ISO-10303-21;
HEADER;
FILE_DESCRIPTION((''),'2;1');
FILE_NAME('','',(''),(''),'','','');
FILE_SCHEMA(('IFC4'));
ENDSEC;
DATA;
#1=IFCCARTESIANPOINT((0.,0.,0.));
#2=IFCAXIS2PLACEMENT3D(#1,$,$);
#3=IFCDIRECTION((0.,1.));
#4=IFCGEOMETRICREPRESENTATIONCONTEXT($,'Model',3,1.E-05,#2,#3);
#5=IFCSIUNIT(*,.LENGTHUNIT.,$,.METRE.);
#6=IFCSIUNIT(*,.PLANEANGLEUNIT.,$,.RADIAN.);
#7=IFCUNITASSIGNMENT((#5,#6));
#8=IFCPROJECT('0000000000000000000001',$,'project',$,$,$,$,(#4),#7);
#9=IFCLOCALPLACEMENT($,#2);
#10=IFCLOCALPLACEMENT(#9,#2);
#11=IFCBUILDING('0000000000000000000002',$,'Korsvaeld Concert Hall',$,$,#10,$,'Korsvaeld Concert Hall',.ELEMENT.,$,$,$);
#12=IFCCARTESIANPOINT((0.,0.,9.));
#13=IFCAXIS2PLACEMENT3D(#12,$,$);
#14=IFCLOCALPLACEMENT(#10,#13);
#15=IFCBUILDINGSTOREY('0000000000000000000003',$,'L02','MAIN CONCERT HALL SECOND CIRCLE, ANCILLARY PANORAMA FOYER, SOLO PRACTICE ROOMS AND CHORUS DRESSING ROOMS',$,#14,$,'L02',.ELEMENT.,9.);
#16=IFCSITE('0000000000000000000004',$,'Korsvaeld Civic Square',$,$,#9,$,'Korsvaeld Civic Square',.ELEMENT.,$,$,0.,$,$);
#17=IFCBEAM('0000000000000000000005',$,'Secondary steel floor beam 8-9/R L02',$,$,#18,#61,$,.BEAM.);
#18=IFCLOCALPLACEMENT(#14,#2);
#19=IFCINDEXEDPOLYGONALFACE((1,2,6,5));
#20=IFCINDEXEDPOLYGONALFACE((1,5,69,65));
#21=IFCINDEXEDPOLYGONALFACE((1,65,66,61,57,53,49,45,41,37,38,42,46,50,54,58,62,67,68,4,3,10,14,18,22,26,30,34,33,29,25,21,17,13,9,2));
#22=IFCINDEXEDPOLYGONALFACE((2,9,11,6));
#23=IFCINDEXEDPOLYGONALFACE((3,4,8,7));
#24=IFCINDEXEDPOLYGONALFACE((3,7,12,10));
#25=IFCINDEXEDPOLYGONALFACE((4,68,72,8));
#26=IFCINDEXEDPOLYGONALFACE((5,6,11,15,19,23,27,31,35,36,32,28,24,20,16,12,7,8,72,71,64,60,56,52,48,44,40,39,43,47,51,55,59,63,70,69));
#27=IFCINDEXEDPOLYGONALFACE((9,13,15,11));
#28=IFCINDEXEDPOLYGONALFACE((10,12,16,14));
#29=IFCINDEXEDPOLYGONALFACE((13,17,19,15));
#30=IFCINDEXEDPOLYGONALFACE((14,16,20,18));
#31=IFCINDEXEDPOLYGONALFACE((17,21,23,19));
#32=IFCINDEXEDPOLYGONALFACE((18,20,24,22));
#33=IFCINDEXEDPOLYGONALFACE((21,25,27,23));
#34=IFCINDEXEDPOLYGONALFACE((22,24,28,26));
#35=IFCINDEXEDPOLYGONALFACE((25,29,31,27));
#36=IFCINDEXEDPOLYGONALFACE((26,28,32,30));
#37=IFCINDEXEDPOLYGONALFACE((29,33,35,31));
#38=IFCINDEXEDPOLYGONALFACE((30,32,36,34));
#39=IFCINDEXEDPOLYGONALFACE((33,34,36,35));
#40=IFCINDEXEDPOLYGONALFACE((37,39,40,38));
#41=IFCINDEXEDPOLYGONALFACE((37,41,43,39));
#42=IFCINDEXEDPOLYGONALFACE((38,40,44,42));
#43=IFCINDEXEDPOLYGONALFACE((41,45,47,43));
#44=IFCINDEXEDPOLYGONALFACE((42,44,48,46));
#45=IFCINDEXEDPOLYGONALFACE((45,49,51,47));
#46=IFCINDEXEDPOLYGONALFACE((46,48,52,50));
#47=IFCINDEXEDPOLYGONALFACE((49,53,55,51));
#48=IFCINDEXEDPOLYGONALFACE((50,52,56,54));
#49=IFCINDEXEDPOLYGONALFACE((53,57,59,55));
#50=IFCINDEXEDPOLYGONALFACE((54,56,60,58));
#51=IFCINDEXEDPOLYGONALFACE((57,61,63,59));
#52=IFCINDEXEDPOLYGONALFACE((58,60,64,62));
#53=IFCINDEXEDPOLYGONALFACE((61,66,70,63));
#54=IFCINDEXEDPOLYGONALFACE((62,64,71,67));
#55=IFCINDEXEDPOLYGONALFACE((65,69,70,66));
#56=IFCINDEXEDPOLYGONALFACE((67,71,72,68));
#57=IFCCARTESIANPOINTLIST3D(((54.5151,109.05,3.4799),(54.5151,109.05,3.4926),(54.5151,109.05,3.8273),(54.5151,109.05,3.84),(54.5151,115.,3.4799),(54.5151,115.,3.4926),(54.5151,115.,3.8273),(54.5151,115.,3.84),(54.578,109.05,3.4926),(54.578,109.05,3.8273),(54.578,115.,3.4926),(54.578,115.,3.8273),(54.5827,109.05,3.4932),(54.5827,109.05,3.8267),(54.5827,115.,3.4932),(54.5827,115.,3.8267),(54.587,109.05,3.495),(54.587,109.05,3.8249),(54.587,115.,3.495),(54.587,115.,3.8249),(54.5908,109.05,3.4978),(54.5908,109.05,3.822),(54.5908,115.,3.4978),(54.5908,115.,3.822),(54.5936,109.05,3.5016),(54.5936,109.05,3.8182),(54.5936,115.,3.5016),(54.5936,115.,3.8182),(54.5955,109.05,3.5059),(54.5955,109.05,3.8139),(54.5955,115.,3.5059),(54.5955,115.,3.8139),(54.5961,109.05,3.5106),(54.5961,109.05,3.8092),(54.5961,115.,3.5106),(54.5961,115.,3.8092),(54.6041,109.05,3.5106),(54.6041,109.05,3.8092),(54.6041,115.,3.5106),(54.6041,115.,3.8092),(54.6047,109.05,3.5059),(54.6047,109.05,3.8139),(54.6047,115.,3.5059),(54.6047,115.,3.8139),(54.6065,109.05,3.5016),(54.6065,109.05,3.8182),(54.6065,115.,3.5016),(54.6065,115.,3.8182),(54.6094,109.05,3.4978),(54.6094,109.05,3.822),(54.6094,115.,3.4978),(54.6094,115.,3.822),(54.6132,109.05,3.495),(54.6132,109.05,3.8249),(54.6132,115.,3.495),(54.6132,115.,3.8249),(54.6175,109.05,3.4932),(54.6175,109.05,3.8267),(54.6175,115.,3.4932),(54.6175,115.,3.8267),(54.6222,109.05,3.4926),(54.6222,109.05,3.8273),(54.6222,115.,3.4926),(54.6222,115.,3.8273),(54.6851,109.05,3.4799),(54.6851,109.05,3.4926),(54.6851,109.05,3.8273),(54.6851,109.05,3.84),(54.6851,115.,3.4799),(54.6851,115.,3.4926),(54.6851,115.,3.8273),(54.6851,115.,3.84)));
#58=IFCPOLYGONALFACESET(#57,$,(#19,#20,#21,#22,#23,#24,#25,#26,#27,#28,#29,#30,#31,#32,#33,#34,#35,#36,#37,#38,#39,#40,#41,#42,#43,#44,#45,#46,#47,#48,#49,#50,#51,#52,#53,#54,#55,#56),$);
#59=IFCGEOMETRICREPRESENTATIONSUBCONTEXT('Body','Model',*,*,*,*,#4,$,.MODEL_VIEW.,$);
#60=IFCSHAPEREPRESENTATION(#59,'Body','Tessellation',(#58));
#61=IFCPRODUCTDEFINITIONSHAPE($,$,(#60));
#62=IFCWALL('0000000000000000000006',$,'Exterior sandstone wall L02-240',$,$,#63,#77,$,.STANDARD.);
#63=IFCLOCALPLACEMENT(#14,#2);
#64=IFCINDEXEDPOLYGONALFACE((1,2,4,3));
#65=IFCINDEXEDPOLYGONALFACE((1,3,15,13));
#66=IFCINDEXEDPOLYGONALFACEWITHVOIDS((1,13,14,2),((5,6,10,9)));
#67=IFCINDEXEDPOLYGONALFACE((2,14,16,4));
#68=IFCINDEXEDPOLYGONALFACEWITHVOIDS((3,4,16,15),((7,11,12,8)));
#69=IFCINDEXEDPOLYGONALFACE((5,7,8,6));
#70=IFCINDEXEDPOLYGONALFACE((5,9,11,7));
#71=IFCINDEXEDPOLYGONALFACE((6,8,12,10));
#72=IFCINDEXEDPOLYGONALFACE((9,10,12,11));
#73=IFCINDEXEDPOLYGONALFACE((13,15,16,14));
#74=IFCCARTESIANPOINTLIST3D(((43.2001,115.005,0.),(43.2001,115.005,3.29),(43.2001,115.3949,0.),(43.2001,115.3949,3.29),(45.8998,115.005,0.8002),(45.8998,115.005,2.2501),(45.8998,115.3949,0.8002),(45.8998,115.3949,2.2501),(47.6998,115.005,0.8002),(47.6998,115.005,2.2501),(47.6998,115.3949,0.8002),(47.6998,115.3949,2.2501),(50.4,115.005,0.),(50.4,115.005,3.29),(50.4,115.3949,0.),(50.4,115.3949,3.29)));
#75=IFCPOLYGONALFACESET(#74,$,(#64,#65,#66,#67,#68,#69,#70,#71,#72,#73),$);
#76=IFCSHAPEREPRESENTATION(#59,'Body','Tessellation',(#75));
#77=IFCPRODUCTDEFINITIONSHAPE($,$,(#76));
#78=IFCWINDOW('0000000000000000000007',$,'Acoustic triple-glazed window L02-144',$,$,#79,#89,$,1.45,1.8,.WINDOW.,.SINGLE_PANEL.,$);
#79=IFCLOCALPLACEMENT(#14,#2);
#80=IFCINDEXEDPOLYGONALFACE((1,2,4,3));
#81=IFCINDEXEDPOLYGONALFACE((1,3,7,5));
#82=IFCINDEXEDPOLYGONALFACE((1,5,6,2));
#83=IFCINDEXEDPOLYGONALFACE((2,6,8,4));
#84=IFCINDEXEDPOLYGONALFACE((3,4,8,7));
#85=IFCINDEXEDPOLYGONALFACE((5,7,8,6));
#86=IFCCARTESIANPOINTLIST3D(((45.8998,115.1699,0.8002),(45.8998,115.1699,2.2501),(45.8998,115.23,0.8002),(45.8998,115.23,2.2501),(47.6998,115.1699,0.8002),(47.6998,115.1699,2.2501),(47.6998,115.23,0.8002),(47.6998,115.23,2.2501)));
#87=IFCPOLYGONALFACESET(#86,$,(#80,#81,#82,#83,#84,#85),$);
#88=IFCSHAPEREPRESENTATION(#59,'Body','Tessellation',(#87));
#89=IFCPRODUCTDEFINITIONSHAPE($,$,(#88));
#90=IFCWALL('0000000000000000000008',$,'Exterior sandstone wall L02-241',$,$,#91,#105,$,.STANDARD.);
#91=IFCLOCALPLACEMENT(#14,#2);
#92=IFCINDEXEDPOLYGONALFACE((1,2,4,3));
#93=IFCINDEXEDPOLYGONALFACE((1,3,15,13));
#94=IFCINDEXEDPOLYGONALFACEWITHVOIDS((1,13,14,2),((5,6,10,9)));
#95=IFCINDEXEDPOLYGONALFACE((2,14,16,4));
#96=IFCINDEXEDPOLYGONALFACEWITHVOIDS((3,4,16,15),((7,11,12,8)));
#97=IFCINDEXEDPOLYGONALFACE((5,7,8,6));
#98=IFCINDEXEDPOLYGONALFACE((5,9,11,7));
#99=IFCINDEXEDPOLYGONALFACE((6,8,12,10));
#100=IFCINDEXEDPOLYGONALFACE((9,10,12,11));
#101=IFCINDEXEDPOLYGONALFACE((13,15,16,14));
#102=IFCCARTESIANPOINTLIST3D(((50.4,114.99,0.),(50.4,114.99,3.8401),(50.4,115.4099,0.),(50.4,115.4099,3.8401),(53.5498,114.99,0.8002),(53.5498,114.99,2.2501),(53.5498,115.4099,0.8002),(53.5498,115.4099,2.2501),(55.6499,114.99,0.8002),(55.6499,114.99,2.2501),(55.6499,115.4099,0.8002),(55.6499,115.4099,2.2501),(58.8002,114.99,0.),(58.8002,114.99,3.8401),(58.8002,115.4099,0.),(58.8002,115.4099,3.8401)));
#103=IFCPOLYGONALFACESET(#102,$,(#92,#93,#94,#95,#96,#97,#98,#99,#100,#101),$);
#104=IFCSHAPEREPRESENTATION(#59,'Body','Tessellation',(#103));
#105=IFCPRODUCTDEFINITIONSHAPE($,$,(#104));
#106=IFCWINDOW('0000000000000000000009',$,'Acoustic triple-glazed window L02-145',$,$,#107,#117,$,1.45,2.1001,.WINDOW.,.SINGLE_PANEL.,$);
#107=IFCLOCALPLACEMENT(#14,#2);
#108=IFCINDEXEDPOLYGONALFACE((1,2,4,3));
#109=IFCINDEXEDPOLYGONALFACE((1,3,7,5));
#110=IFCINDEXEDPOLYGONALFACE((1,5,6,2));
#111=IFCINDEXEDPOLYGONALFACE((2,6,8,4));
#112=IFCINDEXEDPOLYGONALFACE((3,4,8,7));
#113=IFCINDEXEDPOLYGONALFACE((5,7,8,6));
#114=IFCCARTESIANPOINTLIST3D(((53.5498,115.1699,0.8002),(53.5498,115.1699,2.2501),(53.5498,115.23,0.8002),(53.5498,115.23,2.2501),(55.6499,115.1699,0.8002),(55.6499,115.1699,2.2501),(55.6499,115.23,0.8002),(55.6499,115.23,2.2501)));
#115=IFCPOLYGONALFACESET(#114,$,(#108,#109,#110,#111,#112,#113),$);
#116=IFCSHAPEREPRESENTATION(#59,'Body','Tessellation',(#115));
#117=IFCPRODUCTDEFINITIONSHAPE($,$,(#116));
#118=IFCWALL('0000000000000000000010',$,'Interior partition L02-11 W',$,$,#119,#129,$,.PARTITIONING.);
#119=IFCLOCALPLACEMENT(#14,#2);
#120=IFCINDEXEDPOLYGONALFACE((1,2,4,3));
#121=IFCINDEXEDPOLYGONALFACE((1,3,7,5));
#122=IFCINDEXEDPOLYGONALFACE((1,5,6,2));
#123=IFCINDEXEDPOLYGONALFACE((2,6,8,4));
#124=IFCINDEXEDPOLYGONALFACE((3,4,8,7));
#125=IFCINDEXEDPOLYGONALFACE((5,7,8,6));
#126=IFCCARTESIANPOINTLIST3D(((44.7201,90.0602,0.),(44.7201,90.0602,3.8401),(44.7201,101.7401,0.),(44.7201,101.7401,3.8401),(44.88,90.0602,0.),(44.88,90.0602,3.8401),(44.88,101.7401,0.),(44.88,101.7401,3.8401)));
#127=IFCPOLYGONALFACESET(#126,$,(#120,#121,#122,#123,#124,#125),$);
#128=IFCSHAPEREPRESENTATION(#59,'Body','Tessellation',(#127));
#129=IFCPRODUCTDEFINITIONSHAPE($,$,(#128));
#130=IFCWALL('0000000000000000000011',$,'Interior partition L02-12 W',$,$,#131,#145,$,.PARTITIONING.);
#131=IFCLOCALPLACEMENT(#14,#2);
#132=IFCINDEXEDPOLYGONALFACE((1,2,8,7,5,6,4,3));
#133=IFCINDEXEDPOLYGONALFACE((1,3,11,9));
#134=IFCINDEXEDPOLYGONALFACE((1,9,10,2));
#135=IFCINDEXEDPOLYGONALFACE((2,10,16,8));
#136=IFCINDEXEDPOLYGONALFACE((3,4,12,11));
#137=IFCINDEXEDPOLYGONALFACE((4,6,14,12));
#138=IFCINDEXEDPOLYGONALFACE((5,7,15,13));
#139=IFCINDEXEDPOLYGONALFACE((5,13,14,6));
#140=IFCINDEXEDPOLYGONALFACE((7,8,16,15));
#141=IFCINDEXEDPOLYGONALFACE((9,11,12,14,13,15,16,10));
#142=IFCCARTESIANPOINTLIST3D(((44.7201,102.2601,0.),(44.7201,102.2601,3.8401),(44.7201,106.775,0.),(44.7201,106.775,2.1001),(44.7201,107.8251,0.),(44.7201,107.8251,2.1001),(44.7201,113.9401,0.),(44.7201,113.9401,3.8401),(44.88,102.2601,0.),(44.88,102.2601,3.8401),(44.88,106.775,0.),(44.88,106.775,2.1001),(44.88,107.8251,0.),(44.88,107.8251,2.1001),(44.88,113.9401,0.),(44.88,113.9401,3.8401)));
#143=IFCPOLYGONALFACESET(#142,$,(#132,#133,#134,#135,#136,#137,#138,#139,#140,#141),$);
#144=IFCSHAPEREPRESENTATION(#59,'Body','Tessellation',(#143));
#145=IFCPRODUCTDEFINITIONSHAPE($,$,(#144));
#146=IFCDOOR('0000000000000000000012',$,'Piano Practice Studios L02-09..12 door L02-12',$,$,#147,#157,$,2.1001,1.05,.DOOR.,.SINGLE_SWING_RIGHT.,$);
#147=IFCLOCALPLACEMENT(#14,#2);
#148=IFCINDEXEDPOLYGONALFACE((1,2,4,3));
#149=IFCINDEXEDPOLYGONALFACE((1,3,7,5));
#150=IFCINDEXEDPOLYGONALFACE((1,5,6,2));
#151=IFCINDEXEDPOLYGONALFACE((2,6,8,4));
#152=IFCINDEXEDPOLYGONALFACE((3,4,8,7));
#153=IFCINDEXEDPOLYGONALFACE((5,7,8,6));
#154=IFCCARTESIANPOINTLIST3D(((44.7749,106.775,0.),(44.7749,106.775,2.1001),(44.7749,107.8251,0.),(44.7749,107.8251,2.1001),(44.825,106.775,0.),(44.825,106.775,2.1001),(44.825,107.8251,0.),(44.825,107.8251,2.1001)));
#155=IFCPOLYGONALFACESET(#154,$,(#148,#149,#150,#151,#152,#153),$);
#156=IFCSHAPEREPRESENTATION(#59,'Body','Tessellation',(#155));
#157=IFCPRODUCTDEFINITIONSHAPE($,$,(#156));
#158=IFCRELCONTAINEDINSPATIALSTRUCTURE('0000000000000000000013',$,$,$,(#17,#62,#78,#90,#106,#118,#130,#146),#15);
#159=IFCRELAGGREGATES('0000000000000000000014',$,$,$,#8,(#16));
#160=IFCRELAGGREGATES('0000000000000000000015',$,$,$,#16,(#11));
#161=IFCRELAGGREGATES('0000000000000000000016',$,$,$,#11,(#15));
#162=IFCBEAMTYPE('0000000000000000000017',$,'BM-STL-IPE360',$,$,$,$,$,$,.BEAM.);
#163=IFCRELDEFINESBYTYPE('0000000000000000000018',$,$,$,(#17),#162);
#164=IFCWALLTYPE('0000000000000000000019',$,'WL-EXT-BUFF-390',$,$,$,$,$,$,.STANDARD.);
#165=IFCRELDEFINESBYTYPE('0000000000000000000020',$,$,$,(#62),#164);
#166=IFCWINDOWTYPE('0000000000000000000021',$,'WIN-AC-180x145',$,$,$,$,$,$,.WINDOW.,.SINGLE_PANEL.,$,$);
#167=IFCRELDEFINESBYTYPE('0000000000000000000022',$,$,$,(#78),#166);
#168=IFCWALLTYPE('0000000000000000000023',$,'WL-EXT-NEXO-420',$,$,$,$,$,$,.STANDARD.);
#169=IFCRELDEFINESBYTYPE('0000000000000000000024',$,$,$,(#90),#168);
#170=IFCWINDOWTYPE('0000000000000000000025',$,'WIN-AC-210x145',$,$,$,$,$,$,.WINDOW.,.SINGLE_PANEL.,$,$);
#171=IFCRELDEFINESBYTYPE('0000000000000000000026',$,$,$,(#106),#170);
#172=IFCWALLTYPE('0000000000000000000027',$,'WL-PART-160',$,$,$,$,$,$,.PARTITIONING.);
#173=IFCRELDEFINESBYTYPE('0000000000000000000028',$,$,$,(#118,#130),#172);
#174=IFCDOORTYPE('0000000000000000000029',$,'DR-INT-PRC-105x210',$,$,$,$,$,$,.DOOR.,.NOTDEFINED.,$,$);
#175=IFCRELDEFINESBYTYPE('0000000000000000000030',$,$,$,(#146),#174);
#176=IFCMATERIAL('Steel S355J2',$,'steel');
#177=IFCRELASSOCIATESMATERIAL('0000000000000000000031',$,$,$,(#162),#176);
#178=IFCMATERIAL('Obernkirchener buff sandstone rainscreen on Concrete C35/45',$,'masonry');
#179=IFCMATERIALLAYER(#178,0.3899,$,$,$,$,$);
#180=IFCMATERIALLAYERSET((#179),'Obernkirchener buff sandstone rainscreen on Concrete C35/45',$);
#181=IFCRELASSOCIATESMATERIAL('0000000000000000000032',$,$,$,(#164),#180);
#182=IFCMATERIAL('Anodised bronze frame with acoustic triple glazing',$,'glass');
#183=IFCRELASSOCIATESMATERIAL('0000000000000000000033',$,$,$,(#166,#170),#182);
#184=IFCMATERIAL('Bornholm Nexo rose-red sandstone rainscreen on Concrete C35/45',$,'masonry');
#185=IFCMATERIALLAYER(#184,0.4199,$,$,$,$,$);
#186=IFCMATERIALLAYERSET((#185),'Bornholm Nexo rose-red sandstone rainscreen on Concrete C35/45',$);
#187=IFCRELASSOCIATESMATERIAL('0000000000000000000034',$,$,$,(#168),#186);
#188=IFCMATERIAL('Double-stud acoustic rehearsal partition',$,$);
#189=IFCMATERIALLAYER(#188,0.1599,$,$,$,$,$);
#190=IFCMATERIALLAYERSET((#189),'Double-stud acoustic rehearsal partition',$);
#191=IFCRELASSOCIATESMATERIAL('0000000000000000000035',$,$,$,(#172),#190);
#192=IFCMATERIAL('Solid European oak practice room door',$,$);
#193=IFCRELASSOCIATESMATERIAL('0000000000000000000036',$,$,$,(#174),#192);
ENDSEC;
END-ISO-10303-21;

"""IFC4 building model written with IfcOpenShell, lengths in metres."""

from ifc_helpers import new_model, si_unit, direction, frame, frame_2d, origin, origin_2d, place, context, subcontext, project, spatial, rectangle, i_section, extrude, material, layer, layer_set, material_profile, profile_set, type_object, element, fill, save


model = new_model("IFC4")

# Units and contexts
model_context = context("Model", 3, precision=1e-05, world=origin(), true_north=direction((0.0, 1.0)))
body_context = subcontext(model_context, "Body", "Model", "MODEL_VIEW")
ifc_project = project(units=[si_unit("LENGTHUNIT", "METRE"), si_unit("PLANEANGLEUNIT", "RADIAN")], contexts=[model_context])

# Site, building, storey
site_placement = place(None, origin())
site = spatial("IfcSite", under=ifc_project, at=site_placement, Name="Korsvaeld Civic Square", LongName="Korsvaeld Civic Square", CompositionType="ELEMENT", RefElevation=0.0)
building_placement = place(site_placement, origin())
building = spatial("IfcBuilding", under=site, at=building_placement, Name="Korsvaeld Concert Hall", LongName="Korsvaeld Concert Hall", CompositionType="ELEMENT")
storey_placement = place(building_placement, frame((0.0, 0.0, 9.0)))
storey = spatial("IfcBuildingStorey", under=building, at=storey_placement, Name="L02", Description="MAIN CONCERT HALL SECOND CIRCLE, ANCILLARY PANORAMA FOYER, SOLO PRACTICE ROOMS AND CHORUS DRESSING ROOMS", LongName="L02", CompositionType="ELEMENT", Elevation=9.0)

# Beam
ifc_material_1 = material(Name="Steel S355J2", Category="steel")
ifc_material_profile_1 = material_profile(ifc_material_1, i_section(OverallWidth=0.1699, OverallDepth=0.3601, WebThickness=0.0081, FlangeThickness=0.0127, FilletRadius=0.0181, at=origin_2d()), Name="IPE 360")
ifc_profile_set_1 = profile_set([ifc_material_profile_1], Name="Steel S355J2")
beam_type_1 = type_object("IfcBeamType", Name="BM-STL-IPE360", PredefinedType="BEAM", material=ifc_profile_set_1)
beam_1_placement = place(storey_placement, frame((54.6001, 109.05, 3.6599), z_axis=(0.0, 1.0, 0.0), x_axis=(-1.0, 0.0, 0.0)))
element("IfcBeam", 1, at=beam_1_placement, inside=storey, type_object=beam_type_1, Name="Secondary steel floor beam 8-9/R L02", PredefinedType="BEAM", context=body_context, shape_type="SweptSolid", body=[
    extrude(i_section(OverallWidth=0.1699, OverallDepth=0.3601, WebThickness=0.0081, FlangeThickness=0.0127, FilletRadius=0.0181, at=origin_2d()), origin(), (0.0, 0.0, 1.0), 5.95),
])

# Walls, openings, windows
ifc_material_2 = material(Name="Obernkirchener buff sandstone rainscreen on Concrete C35/45", Category="masonry")
ifc_layer_1 = layer(ifc_material_2, 0.3899)
ifc_layer_set_1 = layer_set([ifc_layer_1], Name="Obernkirchener buff sandstone rainscreen on Concrete C35/45")
wall_type_1 = type_object("IfcWallType", Name="WL-EXT-BUFF-390", PredefinedType="STANDARD", material=ifc_layer_set_1)
wall_1_placement = place(storey_placement, frame((43.2, 115.2, 0.0), z_axis=(0.0, 0.0, 1.0), x_axis=(1.0, 0.0, 0.0)))
wall_1 = element("IfcWall", 2, at=wall_1_placement, inside=storey, type_object=wall_type_1, Name="Exterior sandstone wall L02-240", PredefinedType="STANDARD", context=body_context, shape_type="SweptSolid", body=[
    extrude(rectangle(XDim=7.2, YDim=0.3899, at=frame_2d((3.6001, 0.0))), origin(), (0.0, 0.0, 1.0), 3.29),
])
opening_1_placement = place(wall_1_placement, frame((2.7, 0.0, 0.8)))
opening_1 = element("IfcOpeningElement", 3, at=opening_1_placement, cuts=wall_1, PredefinedType="OPENING", context=body_context, shape_type="SweptSolid", body=[
    extrude(rectangle(XDim=1.8, YDim=1.45, at=frame_2d((0.8999, 0.7251))), frame((0.0, 0.2051, 0.0), z_axis=(0.0, -1.0, 0.0), x_axis=(1.0, 0.0, 0.0)), (0.0, 0.0, 1.0), 0.4099),
])
ifc_material_3 = material(Name="Anodised bronze frame with acoustic triple glazing", Category="glass")
window_type_1 = type_object("IfcWindowType", Name="WIN-AC-180x145", PartitioningType="SINGLE_PANEL", PredefinedType="WINDOW", material=ifc_material_3)
window_1_placement = place(opening_1_placement, origin())
window_1 = element("IfcWindow", 4, at=window_1_placement, inside=storey, type_object=window_type_1, Name="Acoustic triple-glazed window L02-144", OverallHeight=1.45, OverallWidth=1.8, PartitioningType="SINGLE_PANEL", PredefinedType="WINDOW", context=body_context, shape_type="SweptSolid", body=[
    extrude(rectangle(XDim=1.8, YDim=1.45, at=frame_2d((0.8999, 0.7251))), frame((0.0, 0.03, 0.0), z_axis=(0.0, -1.0, 0.0), x_axis=(1.0, 0.0, 0.0)), (0.0, 0.0, 1.0), 0.0601),
])
fill(opening_1, window_1)
ifc_material_4 = material(Name="Bornholm Nexo rose-red sandstone rainscreen on Concrete C35/45", Category="masonry")
ifc_layer_2 = layer(ifc_material_4, 0.4199)
ifc_layer_set_2 = layer_set([ifc_layer_2], Name="Bornholm Nexo rose-red sandstone rainscreen on Concrete C35/45")
wall_type_2 = type_object("IfcWallType", Name="WL-EXT-NEXO-420", PredefinedType="STANDARD", material=ifc_layer_set_2)
wall_2_placement = place(storey_placement, frame((50.3999, 115.2, 0.0), z_axis=(0.0, 0.0, 1.0), x_axis=(1.0, 0.0, 0.0)))
wall_2 = element("IfcWall", 5, at=wall_2_placement, inside=storey, type_object=wall_type_2, Name="Exterior sandstone wall L02-241", PredefinedType="STANDARD", context=body_context, shape_type="SweptSolid", body=[
    extrude(rectangle(XDim=8.4001, YDim=0.4199, at=frame_2d((4.2002, 0.0))), origin(), (0.0, 0.0, 1.0), 3.8401),
])
opening_2_placement = place(wall_2_placement, frame((3.1499, 0.0, 0.8)))
opening_2 = element("IfcOpeningElement", 6, at=opening_2_placement, cuts=wall_2, PredefinedType="OPENING", context=body_context, shape_type="SweptSolid", body=[
    extrude(rectangle(XDim=2.1001, YDim=1.45, at=frame_2d((1.05, 0.7251))), frame((0.0, 0.22, 0.0), z_axis=(0.0, -1.0, 0.0), x_axis=(1.0, 0.0, 0.0)), (0.0, 0.0, 1.0), 0.4399),
])
window_type_2 = type_object("IfcWindowType", Name="WIN-AC-210x145", PartitioningType="SINGLE_PANEL", PredefinedType="WINDOW", material=ifc_material_3)
window_2_placement = place(opening_2_placement, origin())
window_2 = element("IfcWindow", 7, at=window_2_placement, inside=storey, type_object=window_type_2, Name="Acoustic triple-glazed window L02-145", OverallHeight=1.45, OverallWidth=2.1001, PartitioningType="SINGLE_PANEL", PredefinedType="WINDOW", context=body_context, shape_type="SweptSolid", body=[
    extrude(rectangle(XDim=2.1001, YDim=1.45, at=frame_2d((1.05, 0.7251))), frame((0.0, 0.03, 0.0), z_axis=(0.0, -1.0, 0.0), x_axis=(1.0, 0.0, 0.0)), (0.0, 0.0, 1.0), 0.0601),
])
fill(opening_2, window_2)

# Wall
ifc_material_5 = material(Name="Double-stud acoustic rehearsal partition")
ifc_layer_3 = layer(ifc_material_5, 0.1599)
ifc_layer_set_3 = layer_set([ifc_layer_3], Name="Double-stud acoustic rehearsal partition")
wall_type_3 = type_object("IfcWallType", Name="WL-PART-160", PredefinedType="PARTITIONING", material=ifc_layer_set_3)
wall_3_placement = place(storey_placement, frame((44.8, 101.74, 0.0), z_axis=(0.0, 0.0, 1.0), x_axis=(0.0, -1.0, 0.0)))
element("IfcWall", 8, at=wall_3_placement, inside=storey, type_object=wall_type_3, Name="Interior partition L02-11 W", PredefinedType="PARTITIONING", context=body_context, shape_type="SweptSolid", body=[
    extrude(rectangle(XDim=11.6799, YDim=0.1599, at=frame_2d((5.8398, 0.0))), origin(), (0.0, 0.0, 1.0), 3.8401),
])

# Wall, opening, door
wall_4_placement = place(storey_placement, frame((44.8, 113.9399, 0.0), z_axis=(0.0, 0.0, 1.0), x_axis=(0.0, -1.0, 0.0)))
wall_4 = element("IfcWall", 9, at=wall_4_placement, inside=storey, type_object=wall_type_3, Name="Interior partition L02-12 W", PredefinedType="PARTITIONING", context=body_context, shape_type="SweptSolid", body=[
    extrude(rectangle(XDim=11.6799, YDim=0.1599, at=frame_2d((5.8398, 0.0))), origin(), (0.0, 0.0, 1.0), 3.8401),
])
opening_3_placement = place(wall_4_placement, frame((6.115, 0.0, 0.0)))
opening_3 = element("IfcOpeningElement", 10, at=opening_3_placement, cuts=wall_4, PredefinedType="OPENING", context=body_context, shape_type="SweptSolid", body=[
    extrude(rectangle(XDim=1.05, YDim=2.1001, at=frame_2d((0.5249, 1.05))), frame((0.0, 0.0898, 0.0), z_axis=(0.0, -1.0, 0.0), x_axis=(1.0, 0.0, 0.0)), (0.0, 0.0, 1.0), 0.1799),
])
ifc_material_6 = material(Name="Solid European oak practice room door")
door_type = type_object("IfcDoorType", Name="DR-INT-PRC-105x210", OperationType="NOTDEFINED", PredefinedType="DOOR", material=ifc_material_6)
door_placement = place(opening_3_placement, origin())
door = element("IfcDoor", 11, at=door_placement, inside=storey, type_object=door_type, Name="Piano Practice Studios L02-09..12 door L02-12", OperationType="SINGLE_SWING_RIGHT", OverallHeight=2.1001, OverallWidth=1.05, PredefinedType="DOOR", context=body_context, shape_type="SweptSolid", body=[
    extrude(rectangle(XDim=1.05, YDim=2.1001, at=frame_2d((0.5249, 1.05))), frame((0.0, 0.0249, 0.0), z_axis=(0.0, -1.0, 0.0), x_axis=(1.0, 0.0, 0.0)), (0.0, 0.0, 1.0), 0.05),
])
fill(opening_3, door)

save(model, "model.ifc")
